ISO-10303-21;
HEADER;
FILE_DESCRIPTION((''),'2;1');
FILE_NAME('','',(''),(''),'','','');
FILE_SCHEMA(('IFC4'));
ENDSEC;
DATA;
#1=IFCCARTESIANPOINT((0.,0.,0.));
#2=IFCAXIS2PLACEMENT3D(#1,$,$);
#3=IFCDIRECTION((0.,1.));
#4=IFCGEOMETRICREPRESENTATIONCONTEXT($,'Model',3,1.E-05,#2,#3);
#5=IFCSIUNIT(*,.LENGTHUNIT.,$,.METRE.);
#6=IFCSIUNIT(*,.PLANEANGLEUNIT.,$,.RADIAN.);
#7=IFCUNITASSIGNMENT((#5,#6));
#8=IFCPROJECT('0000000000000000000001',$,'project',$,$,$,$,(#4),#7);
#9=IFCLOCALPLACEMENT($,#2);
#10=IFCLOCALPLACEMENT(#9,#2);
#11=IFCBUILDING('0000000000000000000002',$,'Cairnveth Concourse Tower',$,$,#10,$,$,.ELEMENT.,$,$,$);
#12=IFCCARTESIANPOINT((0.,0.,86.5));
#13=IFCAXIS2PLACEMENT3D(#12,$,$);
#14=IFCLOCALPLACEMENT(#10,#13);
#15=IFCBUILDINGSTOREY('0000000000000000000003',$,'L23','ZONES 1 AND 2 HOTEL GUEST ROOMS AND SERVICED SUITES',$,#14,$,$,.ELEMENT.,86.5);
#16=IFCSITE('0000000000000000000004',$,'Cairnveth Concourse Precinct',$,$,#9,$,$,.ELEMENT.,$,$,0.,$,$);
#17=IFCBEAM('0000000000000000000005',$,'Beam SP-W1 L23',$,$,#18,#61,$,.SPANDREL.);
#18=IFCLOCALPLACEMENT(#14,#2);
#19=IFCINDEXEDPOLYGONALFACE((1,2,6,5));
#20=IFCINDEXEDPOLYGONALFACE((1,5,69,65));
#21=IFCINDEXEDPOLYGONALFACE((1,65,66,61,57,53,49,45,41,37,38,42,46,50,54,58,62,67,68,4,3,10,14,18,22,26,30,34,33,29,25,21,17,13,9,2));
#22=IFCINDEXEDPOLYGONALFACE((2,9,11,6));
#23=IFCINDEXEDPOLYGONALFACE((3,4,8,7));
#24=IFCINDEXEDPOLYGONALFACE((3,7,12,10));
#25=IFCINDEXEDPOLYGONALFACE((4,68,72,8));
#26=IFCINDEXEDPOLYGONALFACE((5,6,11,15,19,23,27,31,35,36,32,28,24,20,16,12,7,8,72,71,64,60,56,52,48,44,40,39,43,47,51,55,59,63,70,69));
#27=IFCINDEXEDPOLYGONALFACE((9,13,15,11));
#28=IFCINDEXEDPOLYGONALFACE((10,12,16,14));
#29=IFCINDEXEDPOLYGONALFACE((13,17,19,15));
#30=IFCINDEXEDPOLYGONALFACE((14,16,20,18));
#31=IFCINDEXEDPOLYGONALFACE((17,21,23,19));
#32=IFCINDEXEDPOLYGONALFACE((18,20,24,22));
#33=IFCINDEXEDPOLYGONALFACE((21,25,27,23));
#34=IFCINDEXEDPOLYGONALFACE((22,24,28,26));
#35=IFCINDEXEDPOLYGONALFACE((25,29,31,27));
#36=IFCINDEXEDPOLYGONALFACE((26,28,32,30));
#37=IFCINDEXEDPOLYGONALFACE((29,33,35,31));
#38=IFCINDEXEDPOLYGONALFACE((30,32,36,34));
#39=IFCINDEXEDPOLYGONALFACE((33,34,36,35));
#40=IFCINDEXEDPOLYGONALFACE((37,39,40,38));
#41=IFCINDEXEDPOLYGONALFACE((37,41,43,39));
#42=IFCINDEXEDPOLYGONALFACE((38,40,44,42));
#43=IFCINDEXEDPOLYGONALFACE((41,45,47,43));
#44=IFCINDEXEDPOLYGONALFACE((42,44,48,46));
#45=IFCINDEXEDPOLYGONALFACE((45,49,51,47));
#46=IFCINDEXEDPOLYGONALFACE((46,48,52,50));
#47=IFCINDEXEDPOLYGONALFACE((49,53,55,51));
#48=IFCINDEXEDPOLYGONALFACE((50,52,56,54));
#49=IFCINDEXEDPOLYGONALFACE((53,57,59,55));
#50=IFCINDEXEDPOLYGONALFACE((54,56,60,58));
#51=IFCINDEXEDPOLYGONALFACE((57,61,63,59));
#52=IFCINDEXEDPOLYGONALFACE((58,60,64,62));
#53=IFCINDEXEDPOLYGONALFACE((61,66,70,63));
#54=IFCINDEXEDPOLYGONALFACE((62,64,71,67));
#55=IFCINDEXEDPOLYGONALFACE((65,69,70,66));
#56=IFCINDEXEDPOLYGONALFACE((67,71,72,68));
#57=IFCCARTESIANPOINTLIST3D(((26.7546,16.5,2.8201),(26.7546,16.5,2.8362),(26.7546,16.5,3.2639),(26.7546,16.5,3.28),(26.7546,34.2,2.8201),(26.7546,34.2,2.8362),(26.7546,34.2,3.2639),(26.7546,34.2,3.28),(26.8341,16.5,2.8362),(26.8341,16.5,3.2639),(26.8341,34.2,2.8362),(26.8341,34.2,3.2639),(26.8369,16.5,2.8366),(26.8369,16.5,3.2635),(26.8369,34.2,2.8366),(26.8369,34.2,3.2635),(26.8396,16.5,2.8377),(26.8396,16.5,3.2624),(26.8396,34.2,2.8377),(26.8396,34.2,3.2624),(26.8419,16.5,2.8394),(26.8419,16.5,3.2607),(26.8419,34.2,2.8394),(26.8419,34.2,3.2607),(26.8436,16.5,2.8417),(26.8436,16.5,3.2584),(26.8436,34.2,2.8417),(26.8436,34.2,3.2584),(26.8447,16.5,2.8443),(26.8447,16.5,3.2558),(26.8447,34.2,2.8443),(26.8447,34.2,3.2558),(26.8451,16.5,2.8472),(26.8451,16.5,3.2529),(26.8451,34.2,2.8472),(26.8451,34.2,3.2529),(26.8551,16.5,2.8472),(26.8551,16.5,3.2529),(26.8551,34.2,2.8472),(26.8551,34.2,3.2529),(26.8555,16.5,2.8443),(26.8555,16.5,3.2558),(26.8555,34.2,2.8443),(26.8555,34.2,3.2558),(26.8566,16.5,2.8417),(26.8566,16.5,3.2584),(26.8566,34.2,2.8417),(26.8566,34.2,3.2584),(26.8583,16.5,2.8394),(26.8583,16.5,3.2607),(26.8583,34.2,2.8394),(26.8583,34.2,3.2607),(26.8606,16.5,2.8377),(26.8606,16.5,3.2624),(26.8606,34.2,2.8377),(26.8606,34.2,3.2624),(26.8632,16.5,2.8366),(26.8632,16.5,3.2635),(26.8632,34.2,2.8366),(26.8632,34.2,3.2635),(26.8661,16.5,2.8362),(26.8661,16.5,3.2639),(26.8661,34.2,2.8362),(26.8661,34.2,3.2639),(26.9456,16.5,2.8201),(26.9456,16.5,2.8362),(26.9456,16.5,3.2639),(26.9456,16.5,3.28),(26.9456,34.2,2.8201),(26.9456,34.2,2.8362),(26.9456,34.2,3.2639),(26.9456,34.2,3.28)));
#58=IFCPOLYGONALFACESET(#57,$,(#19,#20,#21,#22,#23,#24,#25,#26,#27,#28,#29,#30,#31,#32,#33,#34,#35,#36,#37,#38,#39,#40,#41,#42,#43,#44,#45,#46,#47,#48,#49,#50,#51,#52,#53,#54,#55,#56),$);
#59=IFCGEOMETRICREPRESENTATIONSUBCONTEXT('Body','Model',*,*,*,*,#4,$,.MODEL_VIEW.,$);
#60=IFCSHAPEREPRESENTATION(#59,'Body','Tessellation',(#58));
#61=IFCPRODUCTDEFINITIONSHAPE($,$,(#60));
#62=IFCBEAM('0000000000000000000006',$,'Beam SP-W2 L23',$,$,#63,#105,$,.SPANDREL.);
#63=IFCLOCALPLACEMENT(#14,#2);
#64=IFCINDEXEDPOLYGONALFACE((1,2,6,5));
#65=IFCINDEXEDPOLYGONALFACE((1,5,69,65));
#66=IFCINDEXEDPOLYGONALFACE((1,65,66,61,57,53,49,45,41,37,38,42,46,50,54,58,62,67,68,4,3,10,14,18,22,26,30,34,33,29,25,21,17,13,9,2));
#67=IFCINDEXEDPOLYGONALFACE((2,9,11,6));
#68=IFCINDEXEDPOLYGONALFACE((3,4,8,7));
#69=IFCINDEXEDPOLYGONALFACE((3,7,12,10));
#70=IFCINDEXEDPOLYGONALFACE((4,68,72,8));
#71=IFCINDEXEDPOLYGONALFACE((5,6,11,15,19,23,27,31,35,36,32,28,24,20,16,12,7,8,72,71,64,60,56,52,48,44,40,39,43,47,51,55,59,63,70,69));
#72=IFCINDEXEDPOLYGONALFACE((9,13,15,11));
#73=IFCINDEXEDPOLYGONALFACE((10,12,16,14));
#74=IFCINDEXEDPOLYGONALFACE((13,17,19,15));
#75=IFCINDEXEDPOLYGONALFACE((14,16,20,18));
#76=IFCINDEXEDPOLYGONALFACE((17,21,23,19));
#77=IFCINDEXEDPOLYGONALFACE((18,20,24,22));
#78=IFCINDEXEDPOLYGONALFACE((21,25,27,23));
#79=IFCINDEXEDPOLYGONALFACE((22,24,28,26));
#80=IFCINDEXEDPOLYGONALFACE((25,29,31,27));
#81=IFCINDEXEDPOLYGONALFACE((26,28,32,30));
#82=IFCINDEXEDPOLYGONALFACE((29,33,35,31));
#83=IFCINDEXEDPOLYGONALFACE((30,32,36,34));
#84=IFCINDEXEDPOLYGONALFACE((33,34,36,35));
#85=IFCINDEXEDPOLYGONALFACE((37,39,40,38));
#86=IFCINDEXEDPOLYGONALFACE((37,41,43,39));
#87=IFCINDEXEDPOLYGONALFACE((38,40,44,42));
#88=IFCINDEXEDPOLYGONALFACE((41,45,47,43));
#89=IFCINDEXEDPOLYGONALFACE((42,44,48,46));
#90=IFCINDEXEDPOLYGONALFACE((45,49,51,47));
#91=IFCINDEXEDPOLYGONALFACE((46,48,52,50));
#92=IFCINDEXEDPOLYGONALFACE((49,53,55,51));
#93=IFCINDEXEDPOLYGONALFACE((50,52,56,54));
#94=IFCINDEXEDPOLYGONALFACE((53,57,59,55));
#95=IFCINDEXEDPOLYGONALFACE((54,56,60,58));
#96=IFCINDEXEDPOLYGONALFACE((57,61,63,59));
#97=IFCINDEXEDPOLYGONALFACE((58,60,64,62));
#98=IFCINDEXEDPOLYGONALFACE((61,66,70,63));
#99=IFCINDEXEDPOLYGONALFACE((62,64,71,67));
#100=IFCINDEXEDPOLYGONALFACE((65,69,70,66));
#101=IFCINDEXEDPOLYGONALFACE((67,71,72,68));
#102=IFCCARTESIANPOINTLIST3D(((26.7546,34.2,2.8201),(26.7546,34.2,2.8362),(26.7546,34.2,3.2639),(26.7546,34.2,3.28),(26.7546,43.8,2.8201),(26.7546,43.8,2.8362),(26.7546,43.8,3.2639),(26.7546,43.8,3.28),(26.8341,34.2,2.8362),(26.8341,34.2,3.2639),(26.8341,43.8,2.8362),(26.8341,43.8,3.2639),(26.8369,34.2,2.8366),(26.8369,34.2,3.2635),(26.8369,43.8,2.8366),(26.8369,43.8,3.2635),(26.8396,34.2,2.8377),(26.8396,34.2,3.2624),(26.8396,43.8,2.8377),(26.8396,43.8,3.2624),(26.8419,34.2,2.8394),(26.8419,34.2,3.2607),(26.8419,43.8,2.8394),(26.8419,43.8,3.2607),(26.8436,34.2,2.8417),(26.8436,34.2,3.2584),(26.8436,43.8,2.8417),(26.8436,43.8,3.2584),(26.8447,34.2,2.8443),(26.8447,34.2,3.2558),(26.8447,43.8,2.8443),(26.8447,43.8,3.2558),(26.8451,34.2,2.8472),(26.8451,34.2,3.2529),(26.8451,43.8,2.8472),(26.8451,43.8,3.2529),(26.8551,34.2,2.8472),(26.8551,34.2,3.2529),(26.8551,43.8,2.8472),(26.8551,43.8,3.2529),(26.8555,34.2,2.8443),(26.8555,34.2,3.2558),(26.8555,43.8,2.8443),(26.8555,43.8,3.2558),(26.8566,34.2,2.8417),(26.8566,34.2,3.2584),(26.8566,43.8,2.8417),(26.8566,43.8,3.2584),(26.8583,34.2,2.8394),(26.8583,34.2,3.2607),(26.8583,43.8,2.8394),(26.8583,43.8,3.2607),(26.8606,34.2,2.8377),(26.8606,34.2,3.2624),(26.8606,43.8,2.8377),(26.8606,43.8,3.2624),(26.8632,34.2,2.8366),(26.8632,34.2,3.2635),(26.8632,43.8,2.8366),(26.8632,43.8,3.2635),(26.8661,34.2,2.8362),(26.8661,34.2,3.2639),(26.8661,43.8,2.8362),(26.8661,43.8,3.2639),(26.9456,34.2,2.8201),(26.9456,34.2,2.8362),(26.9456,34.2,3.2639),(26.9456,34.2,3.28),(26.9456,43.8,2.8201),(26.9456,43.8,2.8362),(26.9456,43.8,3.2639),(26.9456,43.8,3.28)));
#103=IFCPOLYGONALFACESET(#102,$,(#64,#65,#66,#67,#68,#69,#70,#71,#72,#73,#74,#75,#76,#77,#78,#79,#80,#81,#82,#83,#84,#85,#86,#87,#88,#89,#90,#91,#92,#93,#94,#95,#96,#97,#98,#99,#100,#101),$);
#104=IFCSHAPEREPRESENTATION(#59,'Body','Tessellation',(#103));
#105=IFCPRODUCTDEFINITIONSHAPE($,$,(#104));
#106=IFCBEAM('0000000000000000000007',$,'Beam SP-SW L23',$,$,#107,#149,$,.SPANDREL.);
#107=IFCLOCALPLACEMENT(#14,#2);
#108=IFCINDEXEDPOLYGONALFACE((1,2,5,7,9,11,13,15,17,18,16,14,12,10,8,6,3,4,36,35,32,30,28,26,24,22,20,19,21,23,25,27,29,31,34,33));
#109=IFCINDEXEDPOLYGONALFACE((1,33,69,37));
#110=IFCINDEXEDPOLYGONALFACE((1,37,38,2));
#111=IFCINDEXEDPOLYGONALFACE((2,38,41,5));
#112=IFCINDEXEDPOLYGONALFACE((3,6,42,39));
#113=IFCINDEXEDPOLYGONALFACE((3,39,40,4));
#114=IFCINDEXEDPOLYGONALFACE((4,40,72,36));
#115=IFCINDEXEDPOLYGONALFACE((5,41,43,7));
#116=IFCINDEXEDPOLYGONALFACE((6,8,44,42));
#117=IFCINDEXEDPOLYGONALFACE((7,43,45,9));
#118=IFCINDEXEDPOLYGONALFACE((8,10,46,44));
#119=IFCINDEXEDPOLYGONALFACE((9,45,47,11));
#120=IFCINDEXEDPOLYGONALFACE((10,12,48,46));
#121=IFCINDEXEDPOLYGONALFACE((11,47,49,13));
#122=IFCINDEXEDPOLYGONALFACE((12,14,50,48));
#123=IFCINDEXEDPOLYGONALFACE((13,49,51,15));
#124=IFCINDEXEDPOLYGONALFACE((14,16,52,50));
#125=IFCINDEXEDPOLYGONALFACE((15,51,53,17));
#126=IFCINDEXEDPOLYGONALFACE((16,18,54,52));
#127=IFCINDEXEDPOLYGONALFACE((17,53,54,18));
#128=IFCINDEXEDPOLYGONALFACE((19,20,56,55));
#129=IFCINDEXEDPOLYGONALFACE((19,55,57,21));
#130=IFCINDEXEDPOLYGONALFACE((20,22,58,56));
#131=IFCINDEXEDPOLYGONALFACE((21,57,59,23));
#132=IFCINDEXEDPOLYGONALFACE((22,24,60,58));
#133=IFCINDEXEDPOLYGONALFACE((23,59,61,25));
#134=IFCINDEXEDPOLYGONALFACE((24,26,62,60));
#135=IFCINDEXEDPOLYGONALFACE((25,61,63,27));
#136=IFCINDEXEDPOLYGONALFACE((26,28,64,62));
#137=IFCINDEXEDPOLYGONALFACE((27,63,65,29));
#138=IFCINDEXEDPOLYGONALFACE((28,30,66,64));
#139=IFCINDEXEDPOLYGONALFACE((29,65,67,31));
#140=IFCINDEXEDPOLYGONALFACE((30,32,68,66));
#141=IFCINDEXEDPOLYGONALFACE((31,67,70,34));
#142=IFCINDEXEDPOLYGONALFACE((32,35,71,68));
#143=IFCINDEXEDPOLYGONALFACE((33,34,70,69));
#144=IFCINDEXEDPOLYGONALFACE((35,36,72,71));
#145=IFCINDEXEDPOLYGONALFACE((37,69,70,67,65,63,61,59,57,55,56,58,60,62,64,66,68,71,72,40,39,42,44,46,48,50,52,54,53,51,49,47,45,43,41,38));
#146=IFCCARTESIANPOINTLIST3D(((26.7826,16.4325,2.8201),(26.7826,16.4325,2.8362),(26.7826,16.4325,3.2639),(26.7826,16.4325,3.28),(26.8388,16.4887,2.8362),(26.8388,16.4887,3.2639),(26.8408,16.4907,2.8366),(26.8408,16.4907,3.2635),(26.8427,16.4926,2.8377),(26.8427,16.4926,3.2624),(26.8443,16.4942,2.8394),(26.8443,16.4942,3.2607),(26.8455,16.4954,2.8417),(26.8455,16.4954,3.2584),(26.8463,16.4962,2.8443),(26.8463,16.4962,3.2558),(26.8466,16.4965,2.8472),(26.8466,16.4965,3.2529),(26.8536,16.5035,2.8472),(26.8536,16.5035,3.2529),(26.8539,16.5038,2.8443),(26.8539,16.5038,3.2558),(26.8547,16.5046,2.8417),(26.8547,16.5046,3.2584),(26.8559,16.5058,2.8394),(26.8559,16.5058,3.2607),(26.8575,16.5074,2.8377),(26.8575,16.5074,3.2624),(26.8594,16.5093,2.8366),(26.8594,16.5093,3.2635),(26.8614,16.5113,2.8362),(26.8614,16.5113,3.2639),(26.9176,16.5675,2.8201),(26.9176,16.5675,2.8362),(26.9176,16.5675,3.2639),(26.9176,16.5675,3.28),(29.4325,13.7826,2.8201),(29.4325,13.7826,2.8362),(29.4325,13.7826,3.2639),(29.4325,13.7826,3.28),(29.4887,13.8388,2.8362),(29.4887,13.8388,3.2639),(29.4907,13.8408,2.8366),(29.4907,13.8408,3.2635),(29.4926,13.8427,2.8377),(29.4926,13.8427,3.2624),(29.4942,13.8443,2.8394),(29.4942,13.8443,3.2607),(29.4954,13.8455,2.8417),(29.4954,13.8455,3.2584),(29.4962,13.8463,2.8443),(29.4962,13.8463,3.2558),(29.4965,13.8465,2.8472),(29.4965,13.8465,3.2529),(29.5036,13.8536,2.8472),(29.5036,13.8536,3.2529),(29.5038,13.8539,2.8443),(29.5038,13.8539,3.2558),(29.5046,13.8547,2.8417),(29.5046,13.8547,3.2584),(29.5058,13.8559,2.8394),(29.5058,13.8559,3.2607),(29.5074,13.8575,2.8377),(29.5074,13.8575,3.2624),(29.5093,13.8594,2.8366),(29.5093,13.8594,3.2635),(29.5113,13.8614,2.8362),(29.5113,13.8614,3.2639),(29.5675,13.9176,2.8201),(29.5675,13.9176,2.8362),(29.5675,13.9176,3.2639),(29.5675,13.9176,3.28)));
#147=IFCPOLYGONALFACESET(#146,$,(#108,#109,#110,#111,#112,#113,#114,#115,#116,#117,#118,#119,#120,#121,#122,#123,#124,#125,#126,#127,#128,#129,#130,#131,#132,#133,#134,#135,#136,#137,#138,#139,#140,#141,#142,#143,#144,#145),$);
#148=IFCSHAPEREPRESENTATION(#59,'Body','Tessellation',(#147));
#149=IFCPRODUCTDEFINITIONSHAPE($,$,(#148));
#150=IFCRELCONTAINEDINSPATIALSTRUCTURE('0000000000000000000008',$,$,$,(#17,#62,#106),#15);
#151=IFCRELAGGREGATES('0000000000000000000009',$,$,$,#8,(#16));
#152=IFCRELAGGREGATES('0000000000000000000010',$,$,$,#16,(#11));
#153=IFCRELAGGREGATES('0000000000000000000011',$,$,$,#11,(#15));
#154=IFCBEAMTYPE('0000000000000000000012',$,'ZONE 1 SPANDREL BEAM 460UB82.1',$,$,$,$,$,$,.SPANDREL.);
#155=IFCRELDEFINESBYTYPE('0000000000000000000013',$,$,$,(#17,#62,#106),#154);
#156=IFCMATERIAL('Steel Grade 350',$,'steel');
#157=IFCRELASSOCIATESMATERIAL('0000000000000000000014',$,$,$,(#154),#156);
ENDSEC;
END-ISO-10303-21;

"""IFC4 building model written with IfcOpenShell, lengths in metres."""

from ifc_helpers import new_model, si_unit, direction, frame, origin, origin_2d, place, context, subcontext, project, spatial, i_section, extrude, material, material_profile, profile_set, type_object, element, save


model = new_model("IFC4")

# Units and contexts
model_context = context("Model", 3, precision=1e-05, world=origin(), true_north=direction((0.0, 1.0)))
body_context = subcontext(model_context, "Body", "Model", "MODEL_VIEW")
ifc_project = project(units=[si_unit("LENGTHUNIT", "METRE"), si_unit("PLANEANGLEUNIT", "RADIAN")], contexts=[model_context])

# Site, building, storey
site_placement = place(None, origin())
site = spatial("IfcSite", under=ifc_project, at=site_placement, Name="Cairnveth Concourse Precinct", CompositionType="ELEMENT", RefElevation=0.0)
building_placement = place(site_placement, origin())
building = spatial("IfcBuilding", under=site, at=building_placement, Name="Cairnveth Concourse Tower", CompositionType="ELEMENT")
storey_placement = place(building_placement, frame((0.0, 0.0, 86.5)))
storey = spatial("IfcBuildingStorey", under=building, at=storey_placement, Name="L23", Description="ZONES 1 AND 2 HOTEL GUEST ROOMS AND SERVICED SUITES", CompositionType="ELEMENT", Elevation=86.5)

# Shared definitions
ifc_material_1 = material(Name="Steel Grade 350", Category="steel")

# Beams
ifc_material_profile_1 = material_profile(ifc_material_1, i_section(OverallWidth=0.1909, OverallDepth=0.46, WebThickness=0.01, FlangeThickness=0.0161, FilletRadius=0.011, at=origin_2d()), Name="460UB82.1")
ifc_profile_set_1 = profile_set([ifc_material_profile_1], Name="Steel Grade 350")
beam_type_1 = type_object("IfcBeamType", Name="ZONE 1 SPANDREL BEAM 460UB82.1", PredefinedType="SPANDREL", material=ifc_profile_set_1)
beam_1_placement = place(storey_placement, frame((26.8501, 16.5, 3.05), z_axis=(0.0, 1.0, 0.0), x_axis=(-1.0, 0.0, 0.0)))
element("IfcBeam", 1, at=beam_1_placement, inside=storey, type_object=beam_type_1, Name="Beam SP-W1 L23", PredefinedType="SPANDREL", context=body_context, shape_type="SweptSolid", body=[
    extrude(i_section(OverallWidth=0.1909, OverallDepth=0.46, WebThickness=0.01, FlangeThickness=0.0161, FilletRadius=0.011, at=origin_2d()), origin(), (0.0, 0.0, 1.0), 17.7),
])
beam_2_placement = place(storey_placement, frame((26.8501, 34.2, 3.05), z_axis=(0.0, 1.0, 0.0), x_axis=(-1.0, 0.0, 0.0)))
element("IfcBeam", 2, at=beam_2_placement, inside=storey, type_object=beam_type_1, Name="Beam SP-W2 L23", PredefinedType="SPANDREL", context=body_context, shape_type="SweptSolid", body=[
    extrude(i_section(OverallWidth=0.1909, OverallDepth=0.46, WebThickness=0.01, FlangeThickness=0.0161, FilletRadius=0.011, at=origin_2d()), origin(), (0.0, 0.0, 1.0), 9.6001),
])
beam_3_placement = place(storey_placement, frame((26.8501, 16.5, 3.05), z_axis=(0.707107, -0.707107, 0.0), x_axis=(0.707107, 0.707107, 0.0)))
element("IfcBeam", 3, at=beam_3_placement, inside=storey, type_object=beam_type_1, Name="Beam SP-SW L23", PredefinedType="SPANDREL", context=body_context, shape_type="SweptSolid", body=[
    extrude(i_section(OverallWidth=0.1909, OverallDepth=0.46, WebThickness=0.01, FlangeThickness=0.0161, FilletRadius=0.011, at=origin_2d()), origin(), (0.0, 0.0, 1.0), 3.7476),
])

save(model, "model.ifc")
